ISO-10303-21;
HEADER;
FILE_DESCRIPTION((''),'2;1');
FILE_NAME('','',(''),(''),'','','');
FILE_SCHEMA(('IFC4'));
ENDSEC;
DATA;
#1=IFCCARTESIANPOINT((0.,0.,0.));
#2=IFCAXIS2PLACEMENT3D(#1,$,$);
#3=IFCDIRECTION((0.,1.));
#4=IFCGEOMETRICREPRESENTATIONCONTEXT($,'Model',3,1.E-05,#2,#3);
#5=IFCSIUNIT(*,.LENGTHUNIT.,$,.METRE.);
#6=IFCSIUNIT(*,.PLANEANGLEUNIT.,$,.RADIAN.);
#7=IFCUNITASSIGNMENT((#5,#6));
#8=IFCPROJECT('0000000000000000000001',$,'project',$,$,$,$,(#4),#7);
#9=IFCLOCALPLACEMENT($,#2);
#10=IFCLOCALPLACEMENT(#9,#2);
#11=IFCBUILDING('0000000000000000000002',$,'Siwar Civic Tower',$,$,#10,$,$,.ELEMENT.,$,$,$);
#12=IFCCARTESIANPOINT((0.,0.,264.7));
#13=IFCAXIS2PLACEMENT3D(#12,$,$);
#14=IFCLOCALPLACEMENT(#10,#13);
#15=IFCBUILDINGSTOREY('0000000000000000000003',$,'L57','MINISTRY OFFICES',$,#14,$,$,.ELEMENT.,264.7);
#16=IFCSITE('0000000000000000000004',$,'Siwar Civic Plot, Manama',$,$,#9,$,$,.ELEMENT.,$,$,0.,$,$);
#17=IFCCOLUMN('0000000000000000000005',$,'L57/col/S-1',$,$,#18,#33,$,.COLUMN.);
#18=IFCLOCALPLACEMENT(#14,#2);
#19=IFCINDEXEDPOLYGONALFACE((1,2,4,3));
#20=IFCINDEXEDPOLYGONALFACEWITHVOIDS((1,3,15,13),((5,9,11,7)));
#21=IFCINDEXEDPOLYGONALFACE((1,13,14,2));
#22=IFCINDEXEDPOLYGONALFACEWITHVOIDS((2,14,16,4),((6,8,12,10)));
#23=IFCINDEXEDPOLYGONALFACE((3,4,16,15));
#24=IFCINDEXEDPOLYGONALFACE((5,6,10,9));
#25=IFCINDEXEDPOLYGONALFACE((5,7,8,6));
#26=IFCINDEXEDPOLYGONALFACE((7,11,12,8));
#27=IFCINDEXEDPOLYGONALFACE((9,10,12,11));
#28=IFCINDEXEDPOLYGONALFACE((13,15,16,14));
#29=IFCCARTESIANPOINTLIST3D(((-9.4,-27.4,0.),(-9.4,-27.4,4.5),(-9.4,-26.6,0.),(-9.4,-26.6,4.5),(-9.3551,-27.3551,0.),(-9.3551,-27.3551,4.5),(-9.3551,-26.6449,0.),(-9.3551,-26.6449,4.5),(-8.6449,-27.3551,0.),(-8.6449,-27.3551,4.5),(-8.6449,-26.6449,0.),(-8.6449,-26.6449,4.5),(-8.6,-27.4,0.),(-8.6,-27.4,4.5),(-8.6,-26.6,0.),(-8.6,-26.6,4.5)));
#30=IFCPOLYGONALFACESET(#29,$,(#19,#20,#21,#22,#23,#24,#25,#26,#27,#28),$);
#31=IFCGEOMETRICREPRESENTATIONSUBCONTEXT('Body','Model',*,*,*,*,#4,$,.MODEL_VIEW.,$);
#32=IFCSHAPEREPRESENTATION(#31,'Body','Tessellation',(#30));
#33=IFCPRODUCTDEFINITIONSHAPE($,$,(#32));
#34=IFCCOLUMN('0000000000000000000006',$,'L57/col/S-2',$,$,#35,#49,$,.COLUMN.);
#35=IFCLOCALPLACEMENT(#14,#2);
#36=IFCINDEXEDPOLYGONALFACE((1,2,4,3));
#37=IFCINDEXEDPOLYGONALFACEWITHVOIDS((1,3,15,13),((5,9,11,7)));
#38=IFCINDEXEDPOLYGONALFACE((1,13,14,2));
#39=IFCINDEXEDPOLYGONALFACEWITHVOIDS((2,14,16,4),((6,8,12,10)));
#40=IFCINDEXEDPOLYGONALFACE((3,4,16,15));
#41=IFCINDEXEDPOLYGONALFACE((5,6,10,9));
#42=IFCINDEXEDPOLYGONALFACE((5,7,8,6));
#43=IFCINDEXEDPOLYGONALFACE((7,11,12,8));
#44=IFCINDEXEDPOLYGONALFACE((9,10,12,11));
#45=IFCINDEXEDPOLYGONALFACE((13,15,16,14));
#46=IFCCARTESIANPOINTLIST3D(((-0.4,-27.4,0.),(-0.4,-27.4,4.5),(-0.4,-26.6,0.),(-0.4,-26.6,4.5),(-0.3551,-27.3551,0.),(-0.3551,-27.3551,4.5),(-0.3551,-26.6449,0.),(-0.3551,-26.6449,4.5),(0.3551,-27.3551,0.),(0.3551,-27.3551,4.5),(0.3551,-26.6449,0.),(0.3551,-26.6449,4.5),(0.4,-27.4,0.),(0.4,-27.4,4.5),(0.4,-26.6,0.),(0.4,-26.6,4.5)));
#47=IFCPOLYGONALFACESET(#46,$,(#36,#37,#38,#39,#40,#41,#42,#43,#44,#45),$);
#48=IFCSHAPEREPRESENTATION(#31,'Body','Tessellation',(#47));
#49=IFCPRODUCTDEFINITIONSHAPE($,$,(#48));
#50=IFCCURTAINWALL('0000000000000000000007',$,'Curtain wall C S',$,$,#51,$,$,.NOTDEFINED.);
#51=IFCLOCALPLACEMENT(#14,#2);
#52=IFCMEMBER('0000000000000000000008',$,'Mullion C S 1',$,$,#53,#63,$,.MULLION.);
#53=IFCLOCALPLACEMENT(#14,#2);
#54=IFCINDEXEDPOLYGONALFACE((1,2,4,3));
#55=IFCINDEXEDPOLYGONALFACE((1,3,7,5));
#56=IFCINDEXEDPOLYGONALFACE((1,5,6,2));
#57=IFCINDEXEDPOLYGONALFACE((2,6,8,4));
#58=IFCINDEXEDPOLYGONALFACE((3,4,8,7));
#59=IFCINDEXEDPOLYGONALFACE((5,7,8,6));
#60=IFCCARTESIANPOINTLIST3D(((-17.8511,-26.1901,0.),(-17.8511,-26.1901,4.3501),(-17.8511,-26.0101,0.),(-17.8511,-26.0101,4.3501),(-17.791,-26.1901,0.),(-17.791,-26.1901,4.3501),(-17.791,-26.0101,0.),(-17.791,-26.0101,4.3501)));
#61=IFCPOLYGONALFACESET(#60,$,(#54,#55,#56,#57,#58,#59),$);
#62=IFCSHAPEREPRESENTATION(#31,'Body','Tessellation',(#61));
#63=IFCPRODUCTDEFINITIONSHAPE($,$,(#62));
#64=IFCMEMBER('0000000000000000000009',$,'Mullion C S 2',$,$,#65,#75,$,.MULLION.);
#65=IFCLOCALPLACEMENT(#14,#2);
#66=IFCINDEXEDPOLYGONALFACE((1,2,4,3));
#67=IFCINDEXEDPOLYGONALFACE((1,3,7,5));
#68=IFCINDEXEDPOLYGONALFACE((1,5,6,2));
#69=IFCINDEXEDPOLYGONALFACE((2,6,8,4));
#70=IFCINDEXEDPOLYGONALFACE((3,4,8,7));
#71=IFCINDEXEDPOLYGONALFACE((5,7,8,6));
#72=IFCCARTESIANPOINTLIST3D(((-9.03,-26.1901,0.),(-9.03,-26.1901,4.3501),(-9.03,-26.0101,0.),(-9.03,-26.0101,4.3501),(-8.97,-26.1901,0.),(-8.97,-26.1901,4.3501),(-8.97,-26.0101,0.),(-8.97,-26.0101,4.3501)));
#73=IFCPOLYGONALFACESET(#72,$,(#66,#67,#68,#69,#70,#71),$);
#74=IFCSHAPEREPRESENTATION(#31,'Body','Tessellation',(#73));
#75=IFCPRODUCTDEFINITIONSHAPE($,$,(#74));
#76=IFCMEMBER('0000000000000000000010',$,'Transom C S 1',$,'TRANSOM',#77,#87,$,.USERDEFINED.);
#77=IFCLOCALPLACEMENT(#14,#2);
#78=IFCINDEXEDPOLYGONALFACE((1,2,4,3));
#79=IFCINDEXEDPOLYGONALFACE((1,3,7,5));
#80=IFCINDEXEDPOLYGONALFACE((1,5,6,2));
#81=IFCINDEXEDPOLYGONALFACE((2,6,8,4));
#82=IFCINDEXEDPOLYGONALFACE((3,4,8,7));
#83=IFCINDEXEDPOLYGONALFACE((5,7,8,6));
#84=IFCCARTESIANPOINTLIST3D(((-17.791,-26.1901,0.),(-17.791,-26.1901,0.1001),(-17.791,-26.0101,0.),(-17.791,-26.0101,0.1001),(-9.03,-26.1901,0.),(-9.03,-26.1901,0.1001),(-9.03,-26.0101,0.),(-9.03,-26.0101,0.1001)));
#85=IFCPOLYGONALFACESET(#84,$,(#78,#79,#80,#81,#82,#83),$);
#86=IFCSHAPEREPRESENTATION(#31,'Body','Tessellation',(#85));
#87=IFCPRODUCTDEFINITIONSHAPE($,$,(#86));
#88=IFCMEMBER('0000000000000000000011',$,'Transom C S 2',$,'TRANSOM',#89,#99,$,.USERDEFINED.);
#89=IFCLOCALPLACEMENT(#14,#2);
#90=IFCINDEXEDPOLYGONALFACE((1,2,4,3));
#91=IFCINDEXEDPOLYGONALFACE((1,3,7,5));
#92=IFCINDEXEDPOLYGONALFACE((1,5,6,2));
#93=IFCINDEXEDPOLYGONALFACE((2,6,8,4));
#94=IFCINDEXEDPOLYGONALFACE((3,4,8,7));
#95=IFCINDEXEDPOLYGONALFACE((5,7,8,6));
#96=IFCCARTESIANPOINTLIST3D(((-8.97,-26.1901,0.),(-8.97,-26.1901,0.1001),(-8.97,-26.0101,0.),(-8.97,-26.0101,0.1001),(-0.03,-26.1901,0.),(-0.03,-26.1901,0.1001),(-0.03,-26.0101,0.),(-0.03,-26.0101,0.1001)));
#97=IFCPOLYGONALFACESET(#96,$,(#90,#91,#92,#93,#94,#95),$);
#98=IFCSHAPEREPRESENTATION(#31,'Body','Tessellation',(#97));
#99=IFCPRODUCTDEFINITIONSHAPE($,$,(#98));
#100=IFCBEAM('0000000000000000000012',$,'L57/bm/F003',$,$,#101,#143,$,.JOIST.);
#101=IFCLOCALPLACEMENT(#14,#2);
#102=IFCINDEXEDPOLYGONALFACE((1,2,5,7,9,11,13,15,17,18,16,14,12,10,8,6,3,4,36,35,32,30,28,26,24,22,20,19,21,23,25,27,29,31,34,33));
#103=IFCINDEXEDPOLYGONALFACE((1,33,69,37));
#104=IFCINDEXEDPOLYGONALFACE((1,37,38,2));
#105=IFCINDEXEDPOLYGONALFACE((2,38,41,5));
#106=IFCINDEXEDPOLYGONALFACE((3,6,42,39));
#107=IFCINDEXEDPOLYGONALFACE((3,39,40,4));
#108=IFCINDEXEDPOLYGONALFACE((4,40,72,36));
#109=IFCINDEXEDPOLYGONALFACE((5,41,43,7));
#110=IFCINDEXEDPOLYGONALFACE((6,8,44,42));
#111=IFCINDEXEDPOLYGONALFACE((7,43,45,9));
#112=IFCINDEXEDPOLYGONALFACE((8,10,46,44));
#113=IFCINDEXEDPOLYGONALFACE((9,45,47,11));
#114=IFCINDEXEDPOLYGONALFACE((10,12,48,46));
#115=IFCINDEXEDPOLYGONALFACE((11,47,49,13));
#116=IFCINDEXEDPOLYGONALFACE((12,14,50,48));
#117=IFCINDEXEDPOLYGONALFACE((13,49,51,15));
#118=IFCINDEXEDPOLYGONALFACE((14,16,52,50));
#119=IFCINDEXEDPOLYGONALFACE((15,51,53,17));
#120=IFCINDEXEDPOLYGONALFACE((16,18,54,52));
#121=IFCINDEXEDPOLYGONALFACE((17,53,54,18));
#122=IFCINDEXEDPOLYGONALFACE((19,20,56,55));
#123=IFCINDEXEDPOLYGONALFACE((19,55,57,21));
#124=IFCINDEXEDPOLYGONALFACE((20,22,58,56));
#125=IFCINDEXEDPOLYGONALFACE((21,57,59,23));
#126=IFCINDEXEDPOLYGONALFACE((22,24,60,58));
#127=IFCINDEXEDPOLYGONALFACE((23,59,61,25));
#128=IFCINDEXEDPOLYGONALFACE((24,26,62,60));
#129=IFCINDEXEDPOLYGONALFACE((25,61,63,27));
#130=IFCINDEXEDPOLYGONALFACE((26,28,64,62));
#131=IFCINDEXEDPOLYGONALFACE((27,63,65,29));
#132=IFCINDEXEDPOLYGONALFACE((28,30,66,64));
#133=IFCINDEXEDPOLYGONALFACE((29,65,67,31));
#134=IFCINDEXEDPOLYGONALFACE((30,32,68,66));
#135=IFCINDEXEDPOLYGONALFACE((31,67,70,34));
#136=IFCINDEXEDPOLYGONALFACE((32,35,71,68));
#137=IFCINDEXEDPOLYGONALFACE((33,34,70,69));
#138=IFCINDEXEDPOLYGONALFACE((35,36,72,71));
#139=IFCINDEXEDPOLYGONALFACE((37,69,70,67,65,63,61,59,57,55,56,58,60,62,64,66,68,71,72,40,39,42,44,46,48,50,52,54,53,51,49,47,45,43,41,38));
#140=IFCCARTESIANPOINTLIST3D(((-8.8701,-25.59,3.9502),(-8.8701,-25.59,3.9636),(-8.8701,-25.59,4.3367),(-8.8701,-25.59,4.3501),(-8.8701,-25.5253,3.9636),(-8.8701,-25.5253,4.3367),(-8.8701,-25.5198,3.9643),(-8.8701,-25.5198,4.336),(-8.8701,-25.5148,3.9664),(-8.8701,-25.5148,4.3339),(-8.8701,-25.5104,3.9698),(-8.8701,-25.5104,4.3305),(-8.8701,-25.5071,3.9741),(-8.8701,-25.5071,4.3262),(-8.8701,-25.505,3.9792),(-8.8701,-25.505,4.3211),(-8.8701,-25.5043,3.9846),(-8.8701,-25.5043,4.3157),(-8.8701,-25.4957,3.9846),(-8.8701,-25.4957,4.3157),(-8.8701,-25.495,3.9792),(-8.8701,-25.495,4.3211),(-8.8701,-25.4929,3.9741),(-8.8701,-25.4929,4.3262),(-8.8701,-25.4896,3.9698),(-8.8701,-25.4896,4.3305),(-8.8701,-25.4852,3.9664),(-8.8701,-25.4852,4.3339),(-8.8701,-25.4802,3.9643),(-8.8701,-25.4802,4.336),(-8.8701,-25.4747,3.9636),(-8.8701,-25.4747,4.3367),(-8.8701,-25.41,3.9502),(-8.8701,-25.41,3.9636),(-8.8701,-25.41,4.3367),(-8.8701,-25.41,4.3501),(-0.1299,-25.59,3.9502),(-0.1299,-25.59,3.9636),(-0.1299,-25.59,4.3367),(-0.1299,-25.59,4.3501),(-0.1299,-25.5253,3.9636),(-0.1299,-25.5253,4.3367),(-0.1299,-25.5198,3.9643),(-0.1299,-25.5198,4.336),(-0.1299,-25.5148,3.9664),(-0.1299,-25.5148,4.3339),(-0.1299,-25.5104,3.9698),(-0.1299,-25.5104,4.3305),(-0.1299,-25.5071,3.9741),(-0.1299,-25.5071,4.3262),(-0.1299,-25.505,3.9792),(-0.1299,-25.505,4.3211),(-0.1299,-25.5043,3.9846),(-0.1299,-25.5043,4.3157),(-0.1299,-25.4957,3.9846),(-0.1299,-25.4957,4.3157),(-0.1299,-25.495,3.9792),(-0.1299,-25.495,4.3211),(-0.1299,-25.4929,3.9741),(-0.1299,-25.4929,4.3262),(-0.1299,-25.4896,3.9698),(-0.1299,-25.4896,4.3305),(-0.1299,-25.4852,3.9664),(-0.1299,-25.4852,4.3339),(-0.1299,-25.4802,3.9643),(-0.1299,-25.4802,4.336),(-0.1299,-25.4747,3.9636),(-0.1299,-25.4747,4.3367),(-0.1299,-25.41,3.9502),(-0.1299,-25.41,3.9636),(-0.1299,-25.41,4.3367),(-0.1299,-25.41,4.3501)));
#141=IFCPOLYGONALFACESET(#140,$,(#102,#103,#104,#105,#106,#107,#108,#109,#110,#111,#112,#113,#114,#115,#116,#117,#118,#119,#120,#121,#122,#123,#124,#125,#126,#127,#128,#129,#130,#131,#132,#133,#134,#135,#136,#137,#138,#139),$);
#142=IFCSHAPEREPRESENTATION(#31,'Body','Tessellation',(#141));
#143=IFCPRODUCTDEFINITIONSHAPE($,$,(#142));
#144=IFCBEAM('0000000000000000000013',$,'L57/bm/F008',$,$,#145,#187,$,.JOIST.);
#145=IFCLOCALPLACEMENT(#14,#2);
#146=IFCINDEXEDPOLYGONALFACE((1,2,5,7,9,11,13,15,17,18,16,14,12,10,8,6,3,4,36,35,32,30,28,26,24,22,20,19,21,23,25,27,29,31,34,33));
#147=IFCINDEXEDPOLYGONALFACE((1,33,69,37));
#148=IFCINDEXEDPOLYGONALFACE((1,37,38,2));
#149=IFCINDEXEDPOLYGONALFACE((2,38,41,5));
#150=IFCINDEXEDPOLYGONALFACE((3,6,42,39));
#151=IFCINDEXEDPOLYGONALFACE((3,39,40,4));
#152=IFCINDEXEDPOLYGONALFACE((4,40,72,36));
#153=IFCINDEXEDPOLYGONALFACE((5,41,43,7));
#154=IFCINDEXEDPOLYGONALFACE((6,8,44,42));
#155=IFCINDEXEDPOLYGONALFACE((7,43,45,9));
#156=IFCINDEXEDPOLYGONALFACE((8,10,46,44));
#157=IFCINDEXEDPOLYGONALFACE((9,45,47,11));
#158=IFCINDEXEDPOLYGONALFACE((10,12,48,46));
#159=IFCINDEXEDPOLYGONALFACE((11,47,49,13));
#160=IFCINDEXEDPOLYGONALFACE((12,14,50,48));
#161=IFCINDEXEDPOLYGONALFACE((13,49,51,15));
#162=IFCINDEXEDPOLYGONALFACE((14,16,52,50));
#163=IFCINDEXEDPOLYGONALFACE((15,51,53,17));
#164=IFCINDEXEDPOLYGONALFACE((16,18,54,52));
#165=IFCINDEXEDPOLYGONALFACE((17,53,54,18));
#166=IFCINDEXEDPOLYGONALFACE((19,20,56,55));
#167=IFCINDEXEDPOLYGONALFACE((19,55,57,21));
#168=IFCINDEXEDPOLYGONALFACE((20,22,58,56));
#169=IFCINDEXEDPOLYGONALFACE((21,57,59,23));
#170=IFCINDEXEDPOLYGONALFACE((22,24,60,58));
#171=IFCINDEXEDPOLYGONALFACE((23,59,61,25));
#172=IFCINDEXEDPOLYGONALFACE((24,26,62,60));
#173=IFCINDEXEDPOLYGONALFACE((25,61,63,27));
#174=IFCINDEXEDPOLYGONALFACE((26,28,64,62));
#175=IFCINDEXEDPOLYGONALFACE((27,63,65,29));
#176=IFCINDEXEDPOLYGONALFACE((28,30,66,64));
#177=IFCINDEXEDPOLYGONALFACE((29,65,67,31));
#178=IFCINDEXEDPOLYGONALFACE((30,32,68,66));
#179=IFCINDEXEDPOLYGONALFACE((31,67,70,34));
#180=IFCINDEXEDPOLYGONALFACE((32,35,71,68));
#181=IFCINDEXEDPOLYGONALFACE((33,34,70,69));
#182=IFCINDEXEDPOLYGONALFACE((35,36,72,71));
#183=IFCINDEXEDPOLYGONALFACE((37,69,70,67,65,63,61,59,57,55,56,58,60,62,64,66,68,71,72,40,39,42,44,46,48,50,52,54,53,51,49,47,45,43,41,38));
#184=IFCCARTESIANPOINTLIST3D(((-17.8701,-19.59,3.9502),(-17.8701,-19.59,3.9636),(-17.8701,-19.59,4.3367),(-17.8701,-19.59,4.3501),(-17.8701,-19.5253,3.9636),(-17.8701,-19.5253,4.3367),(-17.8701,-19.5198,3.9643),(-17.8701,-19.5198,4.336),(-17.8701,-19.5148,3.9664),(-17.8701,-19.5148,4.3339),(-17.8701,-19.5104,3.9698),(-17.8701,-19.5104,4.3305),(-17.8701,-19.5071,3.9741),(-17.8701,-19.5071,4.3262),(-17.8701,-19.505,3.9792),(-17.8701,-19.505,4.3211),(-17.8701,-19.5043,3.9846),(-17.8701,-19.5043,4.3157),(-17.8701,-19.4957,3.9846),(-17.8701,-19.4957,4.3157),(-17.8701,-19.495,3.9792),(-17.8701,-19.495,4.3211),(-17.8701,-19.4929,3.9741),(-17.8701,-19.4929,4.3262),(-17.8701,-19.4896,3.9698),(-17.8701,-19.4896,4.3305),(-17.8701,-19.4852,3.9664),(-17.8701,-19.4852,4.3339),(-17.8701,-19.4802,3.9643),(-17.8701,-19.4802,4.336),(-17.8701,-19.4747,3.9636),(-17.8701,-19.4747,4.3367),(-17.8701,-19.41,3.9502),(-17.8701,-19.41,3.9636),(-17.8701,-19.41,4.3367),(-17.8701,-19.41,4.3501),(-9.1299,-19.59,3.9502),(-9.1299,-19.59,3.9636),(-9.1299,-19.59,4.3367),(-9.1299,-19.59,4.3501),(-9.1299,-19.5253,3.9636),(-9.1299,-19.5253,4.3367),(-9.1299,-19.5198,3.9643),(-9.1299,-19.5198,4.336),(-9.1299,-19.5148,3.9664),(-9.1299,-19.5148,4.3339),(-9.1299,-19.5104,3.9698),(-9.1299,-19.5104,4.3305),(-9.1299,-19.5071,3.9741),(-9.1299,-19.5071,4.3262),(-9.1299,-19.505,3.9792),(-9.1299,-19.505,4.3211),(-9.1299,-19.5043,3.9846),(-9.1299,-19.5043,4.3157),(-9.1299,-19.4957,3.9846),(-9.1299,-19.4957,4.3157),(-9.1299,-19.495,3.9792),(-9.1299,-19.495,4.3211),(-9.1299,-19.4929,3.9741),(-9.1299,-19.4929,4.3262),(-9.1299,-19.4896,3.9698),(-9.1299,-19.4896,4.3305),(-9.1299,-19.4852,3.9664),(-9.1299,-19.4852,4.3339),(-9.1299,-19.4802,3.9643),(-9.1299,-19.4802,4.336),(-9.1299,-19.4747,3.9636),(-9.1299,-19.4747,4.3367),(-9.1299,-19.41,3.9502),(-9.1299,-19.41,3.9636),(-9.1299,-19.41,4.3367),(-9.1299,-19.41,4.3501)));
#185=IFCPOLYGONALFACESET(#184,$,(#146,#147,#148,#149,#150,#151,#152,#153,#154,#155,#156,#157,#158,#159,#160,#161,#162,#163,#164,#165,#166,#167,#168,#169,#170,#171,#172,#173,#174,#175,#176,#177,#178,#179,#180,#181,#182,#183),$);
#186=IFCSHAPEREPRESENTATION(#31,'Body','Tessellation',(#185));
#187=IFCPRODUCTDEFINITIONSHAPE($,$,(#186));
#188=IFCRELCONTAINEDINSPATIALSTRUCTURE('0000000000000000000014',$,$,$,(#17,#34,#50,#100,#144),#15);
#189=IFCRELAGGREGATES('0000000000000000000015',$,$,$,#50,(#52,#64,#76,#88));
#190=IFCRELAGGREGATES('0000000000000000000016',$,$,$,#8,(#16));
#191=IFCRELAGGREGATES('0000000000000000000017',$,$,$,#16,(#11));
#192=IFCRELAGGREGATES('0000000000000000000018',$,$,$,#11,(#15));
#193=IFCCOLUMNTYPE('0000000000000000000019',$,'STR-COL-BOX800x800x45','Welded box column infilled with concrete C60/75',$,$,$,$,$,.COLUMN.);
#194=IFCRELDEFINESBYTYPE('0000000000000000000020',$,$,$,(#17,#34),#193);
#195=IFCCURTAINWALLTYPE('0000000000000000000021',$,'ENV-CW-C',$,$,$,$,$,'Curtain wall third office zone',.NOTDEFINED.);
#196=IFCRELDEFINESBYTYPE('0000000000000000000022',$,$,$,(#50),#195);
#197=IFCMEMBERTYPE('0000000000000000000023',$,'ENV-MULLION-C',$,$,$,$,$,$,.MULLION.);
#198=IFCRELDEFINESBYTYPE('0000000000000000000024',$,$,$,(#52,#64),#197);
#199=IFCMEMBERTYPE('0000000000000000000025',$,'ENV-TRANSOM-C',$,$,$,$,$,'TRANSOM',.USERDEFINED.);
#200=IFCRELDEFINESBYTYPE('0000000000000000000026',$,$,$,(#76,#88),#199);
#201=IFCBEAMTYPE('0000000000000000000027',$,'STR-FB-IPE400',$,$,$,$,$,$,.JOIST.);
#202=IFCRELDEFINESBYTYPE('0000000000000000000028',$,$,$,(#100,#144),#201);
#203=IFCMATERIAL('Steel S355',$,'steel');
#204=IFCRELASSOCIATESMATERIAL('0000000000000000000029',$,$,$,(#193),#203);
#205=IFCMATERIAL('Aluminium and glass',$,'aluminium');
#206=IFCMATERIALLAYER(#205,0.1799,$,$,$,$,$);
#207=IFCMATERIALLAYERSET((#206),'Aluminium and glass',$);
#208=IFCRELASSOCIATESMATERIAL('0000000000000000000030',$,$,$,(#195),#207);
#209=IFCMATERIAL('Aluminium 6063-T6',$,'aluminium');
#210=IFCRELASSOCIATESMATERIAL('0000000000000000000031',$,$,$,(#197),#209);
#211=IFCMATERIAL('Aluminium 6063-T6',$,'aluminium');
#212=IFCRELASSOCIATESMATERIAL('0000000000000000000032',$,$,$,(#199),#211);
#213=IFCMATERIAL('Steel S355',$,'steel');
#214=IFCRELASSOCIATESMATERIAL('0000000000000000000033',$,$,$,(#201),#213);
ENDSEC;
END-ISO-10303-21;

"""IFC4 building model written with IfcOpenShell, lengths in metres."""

from ifc_helpers import new_model, si_unit, direction, frame, origin, origin_2d, place, context, subcontext, project, spatial, rectangle, hollow_rectangle, i_section, extrude, material, layer, layer_set, material_profile, profile_set, type_object, element, aggregate, save


model = new_model("IFC4")

# Units and contexts
model_context = context("Model", 3, precision=1e-05, world=origin(), true_north=direction((0.0, 1.0)))
body_context = subcontext(model_context, "Body", "Model", "MODEL_VIEW")
ifc_project = project(units=[si_unit("LENGTHUNIT", "METRE"), si_unit("PLANEANGLEUNIT", "RADIAN")], contexts=[model_context])

# Site, building, storey
site_placement = place(None, origin())
site = spatial("IfcSite", under=ifc_project, at=site_placement, Name="Siwar Civic Plot, Manama", CompositionType="ELEMENT", RefElevation=0.0)
building_placement = place(site_placement, origin())
building = spatial("IfcBuilding", under=site, at=building_placement, Name="Siwar Civic Tower", CompositionType="ELEMENT")
storey_placement = place(building_placement, frame((0.0, 0.0, 264.7)))
storey = spatial("IfcBuildingStorey", under=building, at=storey_placement, Name="L57", Description="MINISTRY OFFICES", CompositionType="ELEMENT", Elevation=264.7)

# Columns
ifc_material_1 = material(Name="Steel S355", Category="steel")
ifc_material_profile_1 = material_profile(ifc_material_1, hollow_rectangle(XDim=0.8, YDim=0.8, WallThickness=0.0449, at=origin_2d()), Name="BOX800x800x45")
ifc_profile_set_1 = profile_set([ifc_material_profile_1], Name="Steel S355")
column_type = type_object("IfcColumnType", Name="STR-COL-BOX800x800x45", Description="Welded box column infilled with concrete C60/75", PredefinedType="COLUMN", material=ifc_profile_set_1)
for number, where, z_axis, x_axis, name in (
    (1, (-9.0, -27.0, 0.0), (0.0, 0.0, 1.0), (1.0, 0.0, 0.0), "L57/col/S-1"),
    (2, (0.0, -27.0, 0.0), (0.0, 0.0, 1.0), (1.0, 0.0, 0.0), "L57/col/S-2"),
):
    element("IfcColumn", number, at=place(storey_placement, frame(where, z_axis=z_axis, x_axis=x_axis)), inside=storey, type_object=column_type, Name=name, PredefinedType="COLUMN", context=body_context, shape_type="SweptSolid", body=[
        extrude(hollow_rectangle(XDim=0.8, YDim=0.8, WallThickness=0.0449, at=origin_2d()), origin(), (0.0, 0.0, 1.0), 4.5),
    ])

# Curtain wall, members
ifc_material_2 = material(Name="Aluminium and glass", Category="aluminium")
ifc_layer_1 = layer(ifc_material_2, 0.1799)
ifc_layer_set_1 = layer_set([ifc_layer_1], Name="Aluminium and glass")
curtain_wall_type = type_object("IfcCurtainWallType", Name="ENV-CW-C", ElementType="Curtain wall third office zone", PredefinedType="NOTDEFINED", material=ifc_layer_set_1)
curtain_wall_placement = place(storey_placement, origin())
curtain_wall = element("IfcCurtainWall", 3, at=curtain_wall_placement, inside=storey, type_object=curtain_wall_type, Name="Curtain wall C S", PredefinedType="NOTDEFINED")
ifc_material_3 = material(Name="Aluminium 6063-T6", Category="aluminium")
ifc_material_profile_2 = material_profile(ifc_material_3, rectangle(XDim=0.1799, YDim=0.0601, at=origin_2d()), Name="AL 180x60")
ifc_profile_set_2 = profile_set([ifc_material_profile_2], Name="Aluminium 6063-T6")
member_type_1 = type_object("IfcMemberType", Name="ENV-MULLION-C", PredefinedType="MULLION", material=ifc_profile_set_2)
member_1_placement = place(storey_placement, frame((-17.821, -26.1001, 0.0), z_axis=(0.0, 0.0, 1.0), x_axis=(0.0, 1.0, 0.0)))
member_1 = element("IfcMember", 4, at=member_1_placement, type_object=member_type_1, Name="Mullion C S 1", PredefinedType="MULLION", context=body_context, shape_type="SweptSolid", body=[
    extrude(rectangle(XDim=0.1799, YDim=0.0601, at=origin_2d()), origin(), (0.0, 0.0, 1.0), 4.3501),
])
member_2_placement = place(storey_placement, frame((-9.0, -26.1001, 0.0), z_axis=(0.0, 0.0, 1.0), x_axis=(0.0, 1.0, 0.0)))
member_2 = element("IfcMember", 5, at=member_2_placement, type_object=member_type_1, Name="Mullion C S 2", PredefinedType="MULLION", context=body_context, shape_type="SweptSolid", body=[
    extrude(rectangle(XDim=0.1799, YDim=0.0601, at=origin_2d()), origin(), (0.0, 0.0, 1.0), 4.3501),
])
ifc_material_4 = material(Name="Aluminium 6063-T6", Category="aluminium")
ifc_material_profile_3 = material_profile(ifc_material_4, rectangle(XDim=0.1799, YDim=0.1001, at=origin_2d()), Name="AL 180x100")
ifc_profile_set_3 = profile_set([ifc_material_profile_3], Name="Aluminium 6063-T6")
member_type_2 = type_object("IfcMemberType", Name="ENV-TRANSOM-C", ElementType="TRANSOM", PredefinedType="USERDEFINED", material=ifc_profile_set_3)
member_3_placement = place(storey_placement, frame((-17.791, -26.1001, 0.05), z_axis=(1.0, 0.0, 0.0), x_axis=(0.0, 1.0, 0.0)))
member_3 = element("IfcMember", 6, at=member_3_placement, type_object=member_type_2, Name="Transom C S 1", ObjectType="TRANSOM", PredefinedType="USERDEFINED", context=body_context, shape_type="SweptSolid", body=[
    extrude(rectangle(XDim=0.1799, YDim=0.1001, at=origin_2d()), origin(), (0.0, 0.0, 1.0), 8.761),
])
member_4_placement = place(storey_placement, frame((-8.97, -26.1001, 0.05), z_axis=(1.0, 0.0, 0.0), x_axis=(0.0, 1.0, 0.0)))
member_4 = element("IfcMember", 7, at=member_4_placement, type_object=member_type_2, Name="Transom C S 2", ObjectType="TRANSOM", PredefinedType="USERDEFINED", context=body_context, shape_type="SweptSolid", body=[
    extrude(rectangle(XDim=0.1799, YDim=0.1001, at=origin_2d()), origin(), (0.0, 0.0, 1.0), 8.9399),
])

# Beams
ifc_material_5 = material(Name="Steel S355", Category="steel")
ifc_material_profile_4 = material_profile(ifc_material_5, i_section(OverallWidth=0.1799, OverallDepth=0.3999, WebThickness=0.0085, FlangeThickness=0.0134, FilletRadius=0.021, at=origin_2d()), Name="IPE400")
ifc_profile_set_4 = profile_set([ifc_material_profile_4], Name="Steel S355")
beam_type_1 = type_object("IfcBeamType", Name="STR-FB-IPE400", PredefinedType="JOIST", material=ifc_profile_set_4)
for number, where, z_axis, x_axis, name in (
    (8, (-8.8701, -25.5, 4.1501), (1.0, 0.0, 0.0), (0.0, 1.0, 0.0), "L57/bm/F003"),
    (9, (-17.8701, -19.5, 4.1501), (1.0, 0.0, 0.0), (0.0, 1.0, 0.0), "L57/bm/F008"),
):
    element("IfcBeam", number, at=place(storey_placement, frame(where, z_axis=z_axis, x_axis=x_axis)), inside=storey, type_object=beam_type_1, Name=name, PredefinedType="JOIST", context=body_context, shape_type="SweptSolid", body=[
        extrude(i_section(OverallWidth=0.1799, OverallDepth=0.3999, WebThickness=0.0085, FlangeThickness=0.0134, FilletRadius=0.021, at=origin_2d()), origin(), (0.0, 0.0, 1.0), 8.7402),
    ])

aggregate(curtain_wall, [member_1, member_2, member_3, member_4])

save(model, "model.ifc")
